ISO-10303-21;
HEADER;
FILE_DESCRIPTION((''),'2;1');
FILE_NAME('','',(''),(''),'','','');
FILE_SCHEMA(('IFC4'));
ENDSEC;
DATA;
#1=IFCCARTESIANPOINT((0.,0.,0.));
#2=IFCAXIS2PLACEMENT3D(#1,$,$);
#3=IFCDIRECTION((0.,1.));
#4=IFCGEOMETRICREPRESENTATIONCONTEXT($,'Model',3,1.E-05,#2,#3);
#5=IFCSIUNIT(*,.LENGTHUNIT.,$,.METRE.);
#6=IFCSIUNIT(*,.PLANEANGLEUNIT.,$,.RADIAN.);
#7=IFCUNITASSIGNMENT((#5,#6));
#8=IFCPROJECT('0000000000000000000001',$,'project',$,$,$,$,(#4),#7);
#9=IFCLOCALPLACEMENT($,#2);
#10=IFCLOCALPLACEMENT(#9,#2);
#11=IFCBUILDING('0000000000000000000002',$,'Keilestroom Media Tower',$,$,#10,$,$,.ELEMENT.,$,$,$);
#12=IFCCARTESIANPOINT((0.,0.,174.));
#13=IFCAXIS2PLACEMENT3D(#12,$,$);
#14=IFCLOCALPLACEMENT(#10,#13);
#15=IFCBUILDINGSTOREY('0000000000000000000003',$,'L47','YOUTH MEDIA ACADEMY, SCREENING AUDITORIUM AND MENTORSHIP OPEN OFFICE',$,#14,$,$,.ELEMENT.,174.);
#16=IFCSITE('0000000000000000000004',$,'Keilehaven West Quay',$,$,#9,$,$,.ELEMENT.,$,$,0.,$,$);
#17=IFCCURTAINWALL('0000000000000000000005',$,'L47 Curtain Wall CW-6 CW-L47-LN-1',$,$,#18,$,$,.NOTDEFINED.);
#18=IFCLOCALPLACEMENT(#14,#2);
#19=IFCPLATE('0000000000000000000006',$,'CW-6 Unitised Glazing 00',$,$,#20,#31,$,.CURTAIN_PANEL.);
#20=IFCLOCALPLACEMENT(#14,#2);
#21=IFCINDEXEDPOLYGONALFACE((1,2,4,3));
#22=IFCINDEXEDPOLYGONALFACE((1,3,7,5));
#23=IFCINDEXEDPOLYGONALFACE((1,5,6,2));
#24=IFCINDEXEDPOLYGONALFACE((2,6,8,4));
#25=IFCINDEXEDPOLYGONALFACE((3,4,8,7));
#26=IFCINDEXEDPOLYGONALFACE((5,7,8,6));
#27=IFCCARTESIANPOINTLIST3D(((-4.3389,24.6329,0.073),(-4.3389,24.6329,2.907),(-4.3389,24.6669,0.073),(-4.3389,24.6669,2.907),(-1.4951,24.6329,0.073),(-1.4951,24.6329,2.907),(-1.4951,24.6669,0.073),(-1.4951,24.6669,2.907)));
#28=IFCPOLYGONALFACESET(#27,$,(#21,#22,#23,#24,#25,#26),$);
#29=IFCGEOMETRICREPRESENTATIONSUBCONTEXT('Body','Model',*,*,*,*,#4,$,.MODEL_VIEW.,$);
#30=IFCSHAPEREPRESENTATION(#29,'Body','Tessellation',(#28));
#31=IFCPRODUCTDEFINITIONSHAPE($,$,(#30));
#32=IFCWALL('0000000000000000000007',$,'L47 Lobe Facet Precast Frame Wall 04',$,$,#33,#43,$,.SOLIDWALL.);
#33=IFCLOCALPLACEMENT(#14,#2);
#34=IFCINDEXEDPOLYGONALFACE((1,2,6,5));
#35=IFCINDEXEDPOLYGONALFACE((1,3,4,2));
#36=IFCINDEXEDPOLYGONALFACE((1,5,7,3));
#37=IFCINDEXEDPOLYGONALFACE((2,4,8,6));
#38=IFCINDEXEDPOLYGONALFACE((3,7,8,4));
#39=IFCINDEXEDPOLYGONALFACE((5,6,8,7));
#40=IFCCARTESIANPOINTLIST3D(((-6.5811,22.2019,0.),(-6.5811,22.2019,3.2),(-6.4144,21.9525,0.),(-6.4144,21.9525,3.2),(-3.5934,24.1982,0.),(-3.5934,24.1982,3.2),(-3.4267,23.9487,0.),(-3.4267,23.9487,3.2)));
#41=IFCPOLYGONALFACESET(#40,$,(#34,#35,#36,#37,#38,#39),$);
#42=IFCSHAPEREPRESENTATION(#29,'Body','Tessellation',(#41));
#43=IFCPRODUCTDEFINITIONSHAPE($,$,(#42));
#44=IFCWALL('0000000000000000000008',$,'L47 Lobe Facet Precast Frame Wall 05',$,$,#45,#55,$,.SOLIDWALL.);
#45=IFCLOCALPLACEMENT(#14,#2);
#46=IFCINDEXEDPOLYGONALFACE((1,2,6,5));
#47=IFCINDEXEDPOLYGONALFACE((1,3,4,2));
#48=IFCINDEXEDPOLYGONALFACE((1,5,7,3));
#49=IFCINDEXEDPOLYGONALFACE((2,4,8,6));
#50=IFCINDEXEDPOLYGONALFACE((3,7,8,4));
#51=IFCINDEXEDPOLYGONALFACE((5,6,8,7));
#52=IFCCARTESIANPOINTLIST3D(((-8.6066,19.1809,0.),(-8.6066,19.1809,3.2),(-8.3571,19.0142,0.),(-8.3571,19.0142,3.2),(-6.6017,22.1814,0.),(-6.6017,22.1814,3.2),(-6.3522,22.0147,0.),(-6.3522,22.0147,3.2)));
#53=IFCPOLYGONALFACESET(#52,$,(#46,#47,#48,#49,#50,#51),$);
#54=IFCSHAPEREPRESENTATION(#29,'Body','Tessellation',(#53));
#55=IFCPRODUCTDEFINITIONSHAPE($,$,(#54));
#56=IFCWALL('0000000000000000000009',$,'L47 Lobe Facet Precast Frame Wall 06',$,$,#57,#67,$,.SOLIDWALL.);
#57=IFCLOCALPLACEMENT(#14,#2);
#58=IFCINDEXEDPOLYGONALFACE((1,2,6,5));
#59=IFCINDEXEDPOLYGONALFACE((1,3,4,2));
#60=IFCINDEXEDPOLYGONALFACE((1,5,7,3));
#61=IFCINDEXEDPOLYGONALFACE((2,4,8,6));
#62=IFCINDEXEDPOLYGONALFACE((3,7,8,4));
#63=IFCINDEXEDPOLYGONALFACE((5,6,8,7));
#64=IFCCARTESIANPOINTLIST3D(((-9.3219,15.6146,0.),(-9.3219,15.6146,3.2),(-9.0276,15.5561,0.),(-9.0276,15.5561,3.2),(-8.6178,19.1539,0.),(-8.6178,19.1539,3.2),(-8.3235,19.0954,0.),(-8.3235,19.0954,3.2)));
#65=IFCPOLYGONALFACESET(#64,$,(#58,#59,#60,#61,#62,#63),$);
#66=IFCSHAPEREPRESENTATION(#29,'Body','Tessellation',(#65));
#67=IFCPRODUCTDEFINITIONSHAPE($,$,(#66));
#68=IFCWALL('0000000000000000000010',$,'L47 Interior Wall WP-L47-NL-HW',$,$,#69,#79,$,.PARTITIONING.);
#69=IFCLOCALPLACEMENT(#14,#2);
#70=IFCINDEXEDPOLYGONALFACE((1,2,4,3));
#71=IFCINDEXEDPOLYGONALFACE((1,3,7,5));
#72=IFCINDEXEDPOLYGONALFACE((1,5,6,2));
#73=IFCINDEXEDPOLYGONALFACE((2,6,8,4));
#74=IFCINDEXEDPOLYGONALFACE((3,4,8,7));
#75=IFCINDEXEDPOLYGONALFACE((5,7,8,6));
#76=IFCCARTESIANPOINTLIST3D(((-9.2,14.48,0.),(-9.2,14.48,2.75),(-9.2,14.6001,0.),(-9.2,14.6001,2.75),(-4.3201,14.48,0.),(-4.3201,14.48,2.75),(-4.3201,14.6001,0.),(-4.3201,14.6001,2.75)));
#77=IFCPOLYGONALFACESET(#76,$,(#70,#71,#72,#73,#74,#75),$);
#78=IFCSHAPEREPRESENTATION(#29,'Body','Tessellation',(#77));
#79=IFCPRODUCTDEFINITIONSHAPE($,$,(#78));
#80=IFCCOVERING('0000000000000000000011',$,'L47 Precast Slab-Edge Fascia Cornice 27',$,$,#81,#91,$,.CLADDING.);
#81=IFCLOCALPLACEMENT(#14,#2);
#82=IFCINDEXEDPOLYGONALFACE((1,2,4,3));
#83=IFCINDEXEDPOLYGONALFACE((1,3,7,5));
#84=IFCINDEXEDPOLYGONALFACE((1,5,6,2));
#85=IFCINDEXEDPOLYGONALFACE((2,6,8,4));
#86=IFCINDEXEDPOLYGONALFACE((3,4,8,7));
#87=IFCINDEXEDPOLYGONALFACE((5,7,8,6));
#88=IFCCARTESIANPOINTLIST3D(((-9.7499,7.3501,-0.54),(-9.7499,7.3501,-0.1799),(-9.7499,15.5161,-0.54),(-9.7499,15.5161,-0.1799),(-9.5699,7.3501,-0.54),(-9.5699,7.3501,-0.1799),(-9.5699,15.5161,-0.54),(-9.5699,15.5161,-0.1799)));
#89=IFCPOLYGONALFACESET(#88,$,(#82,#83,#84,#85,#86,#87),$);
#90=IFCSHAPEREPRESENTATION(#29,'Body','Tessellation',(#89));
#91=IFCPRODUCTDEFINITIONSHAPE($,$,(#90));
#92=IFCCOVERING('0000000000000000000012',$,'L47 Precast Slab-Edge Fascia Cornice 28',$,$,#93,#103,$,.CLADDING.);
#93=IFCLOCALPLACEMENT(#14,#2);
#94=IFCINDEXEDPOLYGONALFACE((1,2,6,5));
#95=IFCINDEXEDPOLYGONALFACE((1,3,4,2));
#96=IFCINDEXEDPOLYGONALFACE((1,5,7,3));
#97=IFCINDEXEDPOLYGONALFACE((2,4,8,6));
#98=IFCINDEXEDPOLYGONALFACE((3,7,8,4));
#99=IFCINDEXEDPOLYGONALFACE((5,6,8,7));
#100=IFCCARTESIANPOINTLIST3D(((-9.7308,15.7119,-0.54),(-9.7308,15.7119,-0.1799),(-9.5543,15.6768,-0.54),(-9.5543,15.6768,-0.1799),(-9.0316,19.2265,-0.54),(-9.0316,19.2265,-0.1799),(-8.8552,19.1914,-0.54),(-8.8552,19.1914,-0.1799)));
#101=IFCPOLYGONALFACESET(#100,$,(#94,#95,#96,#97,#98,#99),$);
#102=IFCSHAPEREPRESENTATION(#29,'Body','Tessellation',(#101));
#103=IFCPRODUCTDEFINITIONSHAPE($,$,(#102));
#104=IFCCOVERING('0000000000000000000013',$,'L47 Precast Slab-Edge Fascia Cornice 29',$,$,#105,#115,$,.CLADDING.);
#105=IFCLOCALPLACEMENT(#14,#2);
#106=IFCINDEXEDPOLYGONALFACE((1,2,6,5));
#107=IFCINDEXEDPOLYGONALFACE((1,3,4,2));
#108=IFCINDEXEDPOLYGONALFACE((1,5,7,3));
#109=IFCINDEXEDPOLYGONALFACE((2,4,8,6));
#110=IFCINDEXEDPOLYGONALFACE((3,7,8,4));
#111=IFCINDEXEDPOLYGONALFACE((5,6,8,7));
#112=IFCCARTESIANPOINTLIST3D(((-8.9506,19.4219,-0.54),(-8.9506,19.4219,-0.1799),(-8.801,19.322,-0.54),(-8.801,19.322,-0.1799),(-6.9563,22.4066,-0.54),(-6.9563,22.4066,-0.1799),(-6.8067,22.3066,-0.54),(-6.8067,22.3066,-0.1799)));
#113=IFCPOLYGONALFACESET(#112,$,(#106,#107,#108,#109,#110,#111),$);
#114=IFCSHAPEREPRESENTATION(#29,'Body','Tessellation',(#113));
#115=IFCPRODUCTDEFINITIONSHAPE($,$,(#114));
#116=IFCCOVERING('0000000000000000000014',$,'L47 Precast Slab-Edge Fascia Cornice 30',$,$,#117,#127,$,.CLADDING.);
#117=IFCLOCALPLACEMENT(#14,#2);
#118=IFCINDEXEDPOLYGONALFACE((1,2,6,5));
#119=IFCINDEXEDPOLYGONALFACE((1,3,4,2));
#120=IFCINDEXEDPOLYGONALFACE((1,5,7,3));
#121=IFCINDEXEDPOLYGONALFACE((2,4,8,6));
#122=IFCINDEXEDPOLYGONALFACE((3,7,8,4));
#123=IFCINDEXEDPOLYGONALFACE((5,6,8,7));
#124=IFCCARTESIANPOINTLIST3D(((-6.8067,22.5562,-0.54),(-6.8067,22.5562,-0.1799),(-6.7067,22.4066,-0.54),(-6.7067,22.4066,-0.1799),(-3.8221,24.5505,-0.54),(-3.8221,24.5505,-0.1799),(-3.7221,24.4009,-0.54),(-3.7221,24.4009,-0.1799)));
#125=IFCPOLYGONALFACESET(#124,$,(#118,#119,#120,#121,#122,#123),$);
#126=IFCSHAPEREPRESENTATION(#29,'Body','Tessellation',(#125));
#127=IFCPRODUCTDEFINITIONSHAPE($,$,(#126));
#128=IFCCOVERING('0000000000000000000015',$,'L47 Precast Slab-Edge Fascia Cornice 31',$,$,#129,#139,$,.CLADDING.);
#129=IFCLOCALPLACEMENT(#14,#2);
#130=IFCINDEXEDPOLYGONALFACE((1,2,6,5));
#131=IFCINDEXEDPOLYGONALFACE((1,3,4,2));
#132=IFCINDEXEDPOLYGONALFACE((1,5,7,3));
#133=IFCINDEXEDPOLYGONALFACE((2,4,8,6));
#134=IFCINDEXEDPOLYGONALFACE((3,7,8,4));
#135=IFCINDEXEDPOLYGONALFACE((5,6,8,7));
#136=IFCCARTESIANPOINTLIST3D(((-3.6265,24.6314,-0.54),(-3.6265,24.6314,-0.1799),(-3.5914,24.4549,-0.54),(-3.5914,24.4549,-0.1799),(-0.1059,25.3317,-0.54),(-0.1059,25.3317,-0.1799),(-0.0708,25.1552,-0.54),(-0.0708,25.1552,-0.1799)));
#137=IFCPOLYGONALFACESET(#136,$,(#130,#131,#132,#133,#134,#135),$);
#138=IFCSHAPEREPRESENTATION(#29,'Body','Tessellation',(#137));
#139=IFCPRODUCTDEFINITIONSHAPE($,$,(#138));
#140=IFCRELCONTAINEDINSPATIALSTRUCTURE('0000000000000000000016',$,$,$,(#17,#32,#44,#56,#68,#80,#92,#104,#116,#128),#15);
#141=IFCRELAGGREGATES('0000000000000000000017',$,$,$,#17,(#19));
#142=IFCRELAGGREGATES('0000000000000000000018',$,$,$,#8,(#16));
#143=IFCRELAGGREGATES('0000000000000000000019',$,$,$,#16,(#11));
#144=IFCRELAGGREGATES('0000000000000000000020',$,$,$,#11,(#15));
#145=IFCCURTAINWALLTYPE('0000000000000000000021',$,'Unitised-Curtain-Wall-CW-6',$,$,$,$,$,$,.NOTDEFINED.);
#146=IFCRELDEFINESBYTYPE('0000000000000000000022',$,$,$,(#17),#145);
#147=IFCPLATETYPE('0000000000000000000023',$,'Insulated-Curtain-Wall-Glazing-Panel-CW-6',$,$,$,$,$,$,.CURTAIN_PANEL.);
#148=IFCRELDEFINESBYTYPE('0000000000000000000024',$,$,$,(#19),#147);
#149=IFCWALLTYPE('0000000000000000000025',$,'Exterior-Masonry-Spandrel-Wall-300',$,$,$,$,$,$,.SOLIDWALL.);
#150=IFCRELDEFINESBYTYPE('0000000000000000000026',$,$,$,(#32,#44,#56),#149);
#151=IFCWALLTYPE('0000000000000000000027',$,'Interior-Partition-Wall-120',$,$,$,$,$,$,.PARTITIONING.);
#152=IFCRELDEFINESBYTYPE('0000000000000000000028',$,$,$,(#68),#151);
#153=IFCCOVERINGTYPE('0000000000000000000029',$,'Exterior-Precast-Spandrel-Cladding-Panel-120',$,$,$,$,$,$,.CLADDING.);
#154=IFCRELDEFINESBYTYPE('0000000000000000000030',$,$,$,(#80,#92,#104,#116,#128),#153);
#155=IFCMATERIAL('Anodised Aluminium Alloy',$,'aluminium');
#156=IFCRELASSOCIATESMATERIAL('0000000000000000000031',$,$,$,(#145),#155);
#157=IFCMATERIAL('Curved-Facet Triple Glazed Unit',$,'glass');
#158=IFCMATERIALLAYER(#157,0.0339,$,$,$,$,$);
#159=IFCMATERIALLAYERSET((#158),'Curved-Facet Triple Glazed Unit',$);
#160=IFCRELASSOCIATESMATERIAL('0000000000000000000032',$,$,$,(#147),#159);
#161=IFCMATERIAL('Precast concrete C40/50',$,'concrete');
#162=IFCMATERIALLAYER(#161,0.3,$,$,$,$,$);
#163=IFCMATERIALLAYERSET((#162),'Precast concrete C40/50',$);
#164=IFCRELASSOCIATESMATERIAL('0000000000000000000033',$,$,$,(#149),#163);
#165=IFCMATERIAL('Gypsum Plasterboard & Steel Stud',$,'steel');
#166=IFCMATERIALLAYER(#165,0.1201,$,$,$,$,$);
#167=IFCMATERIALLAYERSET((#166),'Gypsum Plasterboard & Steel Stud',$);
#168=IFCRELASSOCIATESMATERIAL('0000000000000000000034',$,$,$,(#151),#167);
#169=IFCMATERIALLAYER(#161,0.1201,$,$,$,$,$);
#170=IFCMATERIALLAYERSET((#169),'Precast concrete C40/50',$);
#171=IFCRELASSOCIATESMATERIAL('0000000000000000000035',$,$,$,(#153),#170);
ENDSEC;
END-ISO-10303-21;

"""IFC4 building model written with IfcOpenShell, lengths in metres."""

from ifc_helpers import new_model, si_unit, direction, frame, frame_2d, origin, origin_2d, place, context, subcontext, project, spatial, rectangle, extrude, source, transform, mapped, material, layer, layer_set, type_object, element, aggregate, save


model = new_model("IFC4")

# Units and contexts
model_context = context("Model", 3, precision=1e-05, world=origin(), true_north=direction((0.0, 1.0)))
body_context = subcontext(model_context, "Body", "Model", "MODEL_VIEW")
ifc_project = project(units=[si_unit("LENGTHUNIT", "METRE"), si_unit("PLANEANGLEUNIT", "RADIAN")], contexts=[model_context])

# Site, building, storey
site_placement = place(None, origin())
site = spatial("IfcSite", under=ifc_project, at=site_placement, Name="Keilehaven West Quay", CompositionType="ELEMENT", RefElevation=0.0)
building_placement = place(site_placement, origin())
building = spatial("IfcBuilding", under=site, at=building_placement, Name="Keilestroom Media Tower", CompositionType="ELEMENT")
storey_placement = place(building_placement, frame((0.0, 0.0, 174.0)))
storey = spatial("IfcBuildingStorey", under=building, at=storey_placement, Name="L47", Description="YOUTH MEDIA ACADEMY, SCREENING AUDITORIUM AND MENTORSHIP OPEN OFFICE", CompositionType="ELEMENT", Elevation=174.0)

# Curtain wall, plate
ifc_material_1 = material(Name="Anodised Aluminium Alloy", Category="aluminium")
curtain_wall_type = type_object("IfcCurtainWallType", Name="Unitised-Curtain-Wall-CW-6", PredefinedType="NOTDEFINED", material=ifc_material_1)
curtain_wall_placement = place(storey_placement, origin())
curtain_wall = element("IfcCurtainWall", 1, at=curtain_wall_placement, inside=storey, type_object=curtain_wall_type, Name="L47 Curtain Wall CW-6 CW-L47-LN-1", PredefinedType="NOTDEFINED")
ifc_material_2 = material(Name="Curved-Facet Triple Glazed Unit", Category="glass")
ifc_layer_1 = layer(ifc_material_2, 0.0339)
ifc_layer_set_1 = layer_set([ifc_layer_1], Name="Curved-Facet Triple Glazed Unit")
plate_type = type_object("IfcPlateType", Name="Insulated-Curtain-Wall-Glazing-Panel-CW-6", PredefinedType="CURTAIN_PANEL", material=ifc_layer_set_1)
shared_shape_1 = source(origin(), body_context, "Body", "SweptSolid", [
    extrude(rectangle(XDim=2.8438, YDim=0.0339, at=origin_2d()), origin(), (0.0, 0.0, 1.0), 2.834),
])
plate_placement = place(storey_placement, frame((-2.917, 24.6499, 0.073), z_axis=(0.0, 0.0, 1.0), x_axis=(1.0, 0.0, 0.0)))
plate = element("IfcPlate", 2, at=plate_placement, type_object=plate_type, Name="CW-6 Unitised Glazing 00", PredefinedType="CURTAIN_PANEL", context=body_context, shape_type="MappedRepresentation", body=[
    mapped(shared_shape_1, transform((0.0, 0.0, 0.0), x_axis=(1.0, 0.0, 0.0), y_axis=(0.0, 1.0, 0.0), z_axis=(0.0, 0.0, 1.0), scale=1.0)),
])
aggregate(curtain_wall, [plate])

# Walls
ifc_material_3 = material(Name="Precast concrete C40/50", Category="concrete")
ifc_layer_2 = layer(ifc_material_3, 0.3)
ifc_layer_set_2 = layer_set([ifc_layer_2], Name="Precast concrete C40/50")
wall_type_1 = type_object("IfcWallType", Name="Exterior-Masonry-Spandrel-Wall-300", PredefinedType="SOLIDWALL", material=ifc_layer_set_2)
wall_1_placement = place(storey_placement, frame((-3.51, 24.0735, 0.0), z_axis=(0.0, 0.0, 1.0), x_axis=(-0.831475, -0.555562, 0.0)))
element("IfcWall", 3, at=wall_1_placement, inside=storey, type_object=wall_type_1, Name="L47 Lobe Facet Precast Frame Wall 04", PredefinedType="SOLIDWALL", context=body_context, shape_type="SweptSolid", body=[
    extrude(rectangle(XDim=3.5933, YDim=0.3, at=frame_2d((1.7966, 0.0))), origin(), (0.0, 0.0, 1.0), 3.2),
])
for number, where, z_axis, x_axis, name in (
    (4, (-6.4771, 22.0979, 0.0), (0.0, 0.0, 1.0), (-0.555574, -0.831467, 0.0), "L47 Lobe Facet Precast Frame Wall 05"),
    (5, (-8.4707, 19.1245, 0.0), (0.0, 0.0, 1.0), (-0.195114, -0.980781, 0.0), "L47 Lobe Facet Precast Frame Wall 06"),
):
    element("IfcWall", number, at=place(storey_placement, frame(where, z_axis=z_axis, x_axis=x_axis)), inside=storey, type_object=wall_type_1, Name=name, PredefinedType="SOLIDWALL", context=body_context, shape_type="SweptSolid", body=[
        extrude(rectangle(XDim=3.6086, YDim=0.3, at=frame_2d((1.8042, 0.0))), origin(), (0.0, 0.0, 1.0), 3.2),
    ])
ifc_material_4 = material(Name="Gypsum Plasterboard & Steel Stud", Category="steel")
ifc_layer_3 = layer(ifc_material_4, 0.1201)
ifc_layer_set_3 = layer_set([ifc_layer_3], Name="Gypsum Plasterboard & Steel Stud")
wall_type_2 = type_object("IfcWallType", Name="Interior-Partition-Wall-120", PredefinedType="PARTITIONING", material=ifc_layer_set_3)
wall_2_placement = place(storey_placement, frame((-9.2, 14.54, 0.0), z_axis=(0.0, 0.0, 1.0), x_axis=(1.0, 0.0, 0.0)))
element("IfcWall", 6, at=wall_2_placement, inside=storey, type_object=wall_type_2, Name="L47 Interior Wall WP-L47-NL-HW", PredefinedType="PARTITIONING", context=body_context, shape_type="SweptSolid", body=[
    extrude(rectangle(XDim=4.8799, YDim=0.1201, at=frame_2d((2.4399, 0.0))), origin(), (0.0, 0.0, 1.0), 2.75),
])

# Coverings
ifc_layer_4 = layer(ifc_material_3, 0.1201)
ifc_layer_set_4 = layer_set([ifc_layer_4], Name="Precast concrete C40/50")
covering_type = type_object("IfcCoveringType", Name="Exterior-Precast-Spandrel-Cladding-Panel-120", PredefinedType="CLADDING", material=ifc_layer_set_4)
shared_shape_2 = source(origin(), body_context, "Body", "SweptSolid", [
    extrude(rectangle(XDim=8.166, YDim=0.1799, at=origin_2d()), origin(), (0.0, 0.0, 1.0), 0.3601),
])
covering_1_placement = place(storey_placement, frame((-9.6599, 11.4331, -0.54), z_axis=(0.0, 0.0, 1.0), x_axis=(0.0, 1.0, 0.0)))
element("IfcCovering", 7, at=covering_1_placement, inside=storey, type_object=covering_type, Name="L47 Precast Slab-Edge Fascia Cornice 27", PredefinedType="CLADDING", context=body_context, shape_type="MappedRepresentation", body=[
    mapped(shared_shape_2, transform((0.0, 0.0, 0.0), x_axis=(1.0, 0.0, 0.0), y_axis=(0.0, 1.0, 0.0), z_axis=(0.0, 0.0, 1.0), scale=1.0)),
])
shared_shape_3 = source(origin(), body_context, "Body", "SweptSolid", [
    extrude(rectangle(XDim=3.5835, YDim=0.1799, at=origin_2d()), origin(), (0.0, 0.0, 1.0), 0.3601),
])
covering_2_placement = place(storey_placement, frame((-9.293, 17.4517, -0.54), z_axis=(0.0, 0.0, 1.0), x_axis=(0.195099, 0.980784, 0.0)))
element("IfcCovering", 8, at=covering_2_placement, inside=storey, type_object=covering_type, Name="L47 Precast Slab-Edge Fascia Cornice 28", PredefinedType="CLADDING", context=body_context, shape_type="MappedRepresentation", body=[
    mapped(shared_shape_3, transform((0.0, 0.0, 0.0), x_axis=(1.0, 0.0, 0.0), y_axis=(0.0, 1.0, 0.0), z_axis=(0.0, 0.0, 1.0), scale=1.0)),
])
shared_shape_4 = source(origin(), body_context, "Body", "SweptSolid", [
    extrude(rectangle(XDim=3.5896, YDim=0.1799, at=origin_2d()), origin(), (0.0, 0.0, 1.0), 0.3601),
])
for number, where, z_axis, x_axis, name in (
    (9, (-7.8787, 20.8643, -0.54), (0.0, 0.0, 1.0), (0.555575, 0.831467, 0.0), "L47 Precast Slab-Edge Fascia Cornice 29"),
    (10, (-5.2644, 23.4785, -0.54), (0.0, 0.0, 1.0), (0.831467, 0.555575, 0.0), "L47 Precast Slab-Edge Fascia Cornice 30"),
    (11, (-1.8486, 24.8933, -0.54), (0.0, 0.0, 1.0), (0.980784, 0.195099, 0.0), "L47 Precast Slab-Edge Fascia Cornice 31"),
):
    element("IfcCovering", number, at=place(storey_placement, frame(where, z_axis=z_axis, x_axis=x_axis)), inside=storey, type_object=covering_type, Name=name, PredefinedType="CLADDING", context=body_context, shape_type="MappedRepresentation", body=[
        mapped(shared_shape_4, transform((0.0, 0.0, 0.0), x_axis=(1.0, 0.0, 0.0), y_axis=(0.0, 1.0, 0.0), z_axis=(0.0, 0.0, 1.0), scale=1.0)),
    ])

save(model, "model.ifc")
